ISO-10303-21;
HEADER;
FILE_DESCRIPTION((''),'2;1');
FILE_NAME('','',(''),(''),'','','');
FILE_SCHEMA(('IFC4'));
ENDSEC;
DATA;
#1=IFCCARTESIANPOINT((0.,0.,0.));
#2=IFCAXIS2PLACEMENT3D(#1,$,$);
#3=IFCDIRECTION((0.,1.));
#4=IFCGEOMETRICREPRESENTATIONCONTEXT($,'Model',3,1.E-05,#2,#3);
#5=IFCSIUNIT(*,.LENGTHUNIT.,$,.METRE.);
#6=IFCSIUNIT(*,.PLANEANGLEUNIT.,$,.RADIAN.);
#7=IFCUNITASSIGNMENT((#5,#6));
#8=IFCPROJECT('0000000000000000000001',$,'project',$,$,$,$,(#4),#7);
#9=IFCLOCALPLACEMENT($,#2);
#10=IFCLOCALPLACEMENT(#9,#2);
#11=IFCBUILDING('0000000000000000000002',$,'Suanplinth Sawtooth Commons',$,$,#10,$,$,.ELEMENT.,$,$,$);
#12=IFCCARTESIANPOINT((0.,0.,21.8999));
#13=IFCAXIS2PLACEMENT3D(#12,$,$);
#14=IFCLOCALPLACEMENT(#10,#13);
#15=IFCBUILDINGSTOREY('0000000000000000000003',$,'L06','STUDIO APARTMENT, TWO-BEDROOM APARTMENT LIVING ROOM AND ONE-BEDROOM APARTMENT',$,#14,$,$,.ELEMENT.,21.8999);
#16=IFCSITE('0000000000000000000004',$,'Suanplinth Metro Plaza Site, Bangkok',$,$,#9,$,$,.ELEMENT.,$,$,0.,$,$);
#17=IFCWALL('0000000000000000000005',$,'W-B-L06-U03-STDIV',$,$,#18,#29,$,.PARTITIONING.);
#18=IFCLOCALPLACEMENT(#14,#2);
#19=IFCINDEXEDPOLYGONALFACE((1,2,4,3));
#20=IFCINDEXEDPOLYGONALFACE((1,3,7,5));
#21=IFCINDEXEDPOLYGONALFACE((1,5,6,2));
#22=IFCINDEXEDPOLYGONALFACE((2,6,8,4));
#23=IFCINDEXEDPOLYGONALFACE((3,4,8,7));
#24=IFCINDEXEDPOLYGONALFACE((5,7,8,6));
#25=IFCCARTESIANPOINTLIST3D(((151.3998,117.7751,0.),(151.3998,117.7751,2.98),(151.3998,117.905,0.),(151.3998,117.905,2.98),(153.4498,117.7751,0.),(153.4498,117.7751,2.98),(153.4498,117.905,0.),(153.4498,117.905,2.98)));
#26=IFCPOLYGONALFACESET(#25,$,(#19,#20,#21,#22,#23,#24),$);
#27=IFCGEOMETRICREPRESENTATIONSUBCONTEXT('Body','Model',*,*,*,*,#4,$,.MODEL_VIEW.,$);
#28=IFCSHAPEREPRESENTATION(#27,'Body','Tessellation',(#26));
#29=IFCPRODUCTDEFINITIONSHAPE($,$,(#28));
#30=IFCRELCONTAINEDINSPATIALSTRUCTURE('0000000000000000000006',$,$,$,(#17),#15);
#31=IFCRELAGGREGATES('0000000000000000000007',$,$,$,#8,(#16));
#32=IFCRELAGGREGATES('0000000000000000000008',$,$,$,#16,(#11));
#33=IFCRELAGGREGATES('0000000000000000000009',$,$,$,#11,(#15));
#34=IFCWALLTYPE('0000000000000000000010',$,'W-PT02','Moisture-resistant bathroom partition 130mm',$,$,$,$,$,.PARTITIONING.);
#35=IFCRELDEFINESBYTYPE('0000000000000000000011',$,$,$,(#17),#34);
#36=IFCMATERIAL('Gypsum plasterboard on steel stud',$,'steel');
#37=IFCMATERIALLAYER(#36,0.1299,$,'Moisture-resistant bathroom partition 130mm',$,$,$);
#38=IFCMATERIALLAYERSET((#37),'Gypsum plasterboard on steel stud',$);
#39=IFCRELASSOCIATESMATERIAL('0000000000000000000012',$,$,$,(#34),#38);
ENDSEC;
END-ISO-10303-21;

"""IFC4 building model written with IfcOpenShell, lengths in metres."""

from ifc_helpers import new_model, si_unit, direction, frame, frame_2d, origin, place, context, subcontext, project, spatial, rectangle, extrude, material, layer, layer_set, type_object, element, save


model = new_model("IFC4")

# Units and contexts
model_context = context("Model", 3, precision=1e-05, world=origin(), true_north=direction((0.0, 1.0)))
body_context = subcontext(model_context, "Body", "Model", "MODEL_VIEW")
ifc_project = project(units=[si_unit("LENGTHUNIT", "METRE"), si_unit("PLANEANGLEUNIT", "RADIAN")], contexts=[model_context])

# Site, building, storey
site_placement = place(None, origin())
site = spatial("IfcSite", under=ifc_project, at=site_placement, Name="Suanplinth Metro Plaza Site, Bangkok", CompositionType="ELEMENT", RefElevation=0.0)
building_placement = place(site_placement, origin())
building = spatial("IfcBuilding", under=site, at=building_placement, Name="Suanplinth Sawtooth Commons", CompositionType="ELEMENT")
storey_placement = place(building_placement, frame((0.0, 0.0, 21.8999)))
storey = spatial("IfcBuildingStorey", under=building, at=storey_placement, Name="L06", Description="STUDIO APARTMENT, TWO-BEDROOM APARTMENT LIVING ROOM AND ONE-BEDROOM APARTMENT", CompositionType="ELEMENT", Elevation=21.8999)

# Shared definitions
ifc_material_1 = material(Name="Gypsum plasterboard on steel stud", Category="steel")

# Wall
ifc_layer_1 = layer(ifc_material_1, 0.1299, Name="Moisture-resistant bathroom partition 130mm")
ifc_layer_set_1 = layer_set([ifc_layer_1], Name="Gypsum plasterboard on steel stud")
wall_type_1 = type_object("IfcWallType", Name="W-PT02", Description="Moisture-resistant bathroom partition 130mm", PredefinedType="PARTITIONING", material=ifc_layer_set_1)
wall_1_placement = place(storey_placement, frame((151.3999, 117.8401, 0.0), z_axis=(0.0, 0.0, 1.0), x_axis=(1.0, 0.0, 0.0)))
element("IfcWall", 1, at=wall_1_placement, inside=storey, type_object=wall_type_1, Name="W-B-L06-U03-STDIV", PredefinedType="PARTITIONING", context=body_context, shape_type="SweptSolid", body=[
    extrude(rectangle(XDim=2.05, YDim=0.1299, at=frame_2d((1.0249, 0.0))), origin(), (0.0, 0.0, 1.0), 2.98),
])

save(model, "model.ifc")
